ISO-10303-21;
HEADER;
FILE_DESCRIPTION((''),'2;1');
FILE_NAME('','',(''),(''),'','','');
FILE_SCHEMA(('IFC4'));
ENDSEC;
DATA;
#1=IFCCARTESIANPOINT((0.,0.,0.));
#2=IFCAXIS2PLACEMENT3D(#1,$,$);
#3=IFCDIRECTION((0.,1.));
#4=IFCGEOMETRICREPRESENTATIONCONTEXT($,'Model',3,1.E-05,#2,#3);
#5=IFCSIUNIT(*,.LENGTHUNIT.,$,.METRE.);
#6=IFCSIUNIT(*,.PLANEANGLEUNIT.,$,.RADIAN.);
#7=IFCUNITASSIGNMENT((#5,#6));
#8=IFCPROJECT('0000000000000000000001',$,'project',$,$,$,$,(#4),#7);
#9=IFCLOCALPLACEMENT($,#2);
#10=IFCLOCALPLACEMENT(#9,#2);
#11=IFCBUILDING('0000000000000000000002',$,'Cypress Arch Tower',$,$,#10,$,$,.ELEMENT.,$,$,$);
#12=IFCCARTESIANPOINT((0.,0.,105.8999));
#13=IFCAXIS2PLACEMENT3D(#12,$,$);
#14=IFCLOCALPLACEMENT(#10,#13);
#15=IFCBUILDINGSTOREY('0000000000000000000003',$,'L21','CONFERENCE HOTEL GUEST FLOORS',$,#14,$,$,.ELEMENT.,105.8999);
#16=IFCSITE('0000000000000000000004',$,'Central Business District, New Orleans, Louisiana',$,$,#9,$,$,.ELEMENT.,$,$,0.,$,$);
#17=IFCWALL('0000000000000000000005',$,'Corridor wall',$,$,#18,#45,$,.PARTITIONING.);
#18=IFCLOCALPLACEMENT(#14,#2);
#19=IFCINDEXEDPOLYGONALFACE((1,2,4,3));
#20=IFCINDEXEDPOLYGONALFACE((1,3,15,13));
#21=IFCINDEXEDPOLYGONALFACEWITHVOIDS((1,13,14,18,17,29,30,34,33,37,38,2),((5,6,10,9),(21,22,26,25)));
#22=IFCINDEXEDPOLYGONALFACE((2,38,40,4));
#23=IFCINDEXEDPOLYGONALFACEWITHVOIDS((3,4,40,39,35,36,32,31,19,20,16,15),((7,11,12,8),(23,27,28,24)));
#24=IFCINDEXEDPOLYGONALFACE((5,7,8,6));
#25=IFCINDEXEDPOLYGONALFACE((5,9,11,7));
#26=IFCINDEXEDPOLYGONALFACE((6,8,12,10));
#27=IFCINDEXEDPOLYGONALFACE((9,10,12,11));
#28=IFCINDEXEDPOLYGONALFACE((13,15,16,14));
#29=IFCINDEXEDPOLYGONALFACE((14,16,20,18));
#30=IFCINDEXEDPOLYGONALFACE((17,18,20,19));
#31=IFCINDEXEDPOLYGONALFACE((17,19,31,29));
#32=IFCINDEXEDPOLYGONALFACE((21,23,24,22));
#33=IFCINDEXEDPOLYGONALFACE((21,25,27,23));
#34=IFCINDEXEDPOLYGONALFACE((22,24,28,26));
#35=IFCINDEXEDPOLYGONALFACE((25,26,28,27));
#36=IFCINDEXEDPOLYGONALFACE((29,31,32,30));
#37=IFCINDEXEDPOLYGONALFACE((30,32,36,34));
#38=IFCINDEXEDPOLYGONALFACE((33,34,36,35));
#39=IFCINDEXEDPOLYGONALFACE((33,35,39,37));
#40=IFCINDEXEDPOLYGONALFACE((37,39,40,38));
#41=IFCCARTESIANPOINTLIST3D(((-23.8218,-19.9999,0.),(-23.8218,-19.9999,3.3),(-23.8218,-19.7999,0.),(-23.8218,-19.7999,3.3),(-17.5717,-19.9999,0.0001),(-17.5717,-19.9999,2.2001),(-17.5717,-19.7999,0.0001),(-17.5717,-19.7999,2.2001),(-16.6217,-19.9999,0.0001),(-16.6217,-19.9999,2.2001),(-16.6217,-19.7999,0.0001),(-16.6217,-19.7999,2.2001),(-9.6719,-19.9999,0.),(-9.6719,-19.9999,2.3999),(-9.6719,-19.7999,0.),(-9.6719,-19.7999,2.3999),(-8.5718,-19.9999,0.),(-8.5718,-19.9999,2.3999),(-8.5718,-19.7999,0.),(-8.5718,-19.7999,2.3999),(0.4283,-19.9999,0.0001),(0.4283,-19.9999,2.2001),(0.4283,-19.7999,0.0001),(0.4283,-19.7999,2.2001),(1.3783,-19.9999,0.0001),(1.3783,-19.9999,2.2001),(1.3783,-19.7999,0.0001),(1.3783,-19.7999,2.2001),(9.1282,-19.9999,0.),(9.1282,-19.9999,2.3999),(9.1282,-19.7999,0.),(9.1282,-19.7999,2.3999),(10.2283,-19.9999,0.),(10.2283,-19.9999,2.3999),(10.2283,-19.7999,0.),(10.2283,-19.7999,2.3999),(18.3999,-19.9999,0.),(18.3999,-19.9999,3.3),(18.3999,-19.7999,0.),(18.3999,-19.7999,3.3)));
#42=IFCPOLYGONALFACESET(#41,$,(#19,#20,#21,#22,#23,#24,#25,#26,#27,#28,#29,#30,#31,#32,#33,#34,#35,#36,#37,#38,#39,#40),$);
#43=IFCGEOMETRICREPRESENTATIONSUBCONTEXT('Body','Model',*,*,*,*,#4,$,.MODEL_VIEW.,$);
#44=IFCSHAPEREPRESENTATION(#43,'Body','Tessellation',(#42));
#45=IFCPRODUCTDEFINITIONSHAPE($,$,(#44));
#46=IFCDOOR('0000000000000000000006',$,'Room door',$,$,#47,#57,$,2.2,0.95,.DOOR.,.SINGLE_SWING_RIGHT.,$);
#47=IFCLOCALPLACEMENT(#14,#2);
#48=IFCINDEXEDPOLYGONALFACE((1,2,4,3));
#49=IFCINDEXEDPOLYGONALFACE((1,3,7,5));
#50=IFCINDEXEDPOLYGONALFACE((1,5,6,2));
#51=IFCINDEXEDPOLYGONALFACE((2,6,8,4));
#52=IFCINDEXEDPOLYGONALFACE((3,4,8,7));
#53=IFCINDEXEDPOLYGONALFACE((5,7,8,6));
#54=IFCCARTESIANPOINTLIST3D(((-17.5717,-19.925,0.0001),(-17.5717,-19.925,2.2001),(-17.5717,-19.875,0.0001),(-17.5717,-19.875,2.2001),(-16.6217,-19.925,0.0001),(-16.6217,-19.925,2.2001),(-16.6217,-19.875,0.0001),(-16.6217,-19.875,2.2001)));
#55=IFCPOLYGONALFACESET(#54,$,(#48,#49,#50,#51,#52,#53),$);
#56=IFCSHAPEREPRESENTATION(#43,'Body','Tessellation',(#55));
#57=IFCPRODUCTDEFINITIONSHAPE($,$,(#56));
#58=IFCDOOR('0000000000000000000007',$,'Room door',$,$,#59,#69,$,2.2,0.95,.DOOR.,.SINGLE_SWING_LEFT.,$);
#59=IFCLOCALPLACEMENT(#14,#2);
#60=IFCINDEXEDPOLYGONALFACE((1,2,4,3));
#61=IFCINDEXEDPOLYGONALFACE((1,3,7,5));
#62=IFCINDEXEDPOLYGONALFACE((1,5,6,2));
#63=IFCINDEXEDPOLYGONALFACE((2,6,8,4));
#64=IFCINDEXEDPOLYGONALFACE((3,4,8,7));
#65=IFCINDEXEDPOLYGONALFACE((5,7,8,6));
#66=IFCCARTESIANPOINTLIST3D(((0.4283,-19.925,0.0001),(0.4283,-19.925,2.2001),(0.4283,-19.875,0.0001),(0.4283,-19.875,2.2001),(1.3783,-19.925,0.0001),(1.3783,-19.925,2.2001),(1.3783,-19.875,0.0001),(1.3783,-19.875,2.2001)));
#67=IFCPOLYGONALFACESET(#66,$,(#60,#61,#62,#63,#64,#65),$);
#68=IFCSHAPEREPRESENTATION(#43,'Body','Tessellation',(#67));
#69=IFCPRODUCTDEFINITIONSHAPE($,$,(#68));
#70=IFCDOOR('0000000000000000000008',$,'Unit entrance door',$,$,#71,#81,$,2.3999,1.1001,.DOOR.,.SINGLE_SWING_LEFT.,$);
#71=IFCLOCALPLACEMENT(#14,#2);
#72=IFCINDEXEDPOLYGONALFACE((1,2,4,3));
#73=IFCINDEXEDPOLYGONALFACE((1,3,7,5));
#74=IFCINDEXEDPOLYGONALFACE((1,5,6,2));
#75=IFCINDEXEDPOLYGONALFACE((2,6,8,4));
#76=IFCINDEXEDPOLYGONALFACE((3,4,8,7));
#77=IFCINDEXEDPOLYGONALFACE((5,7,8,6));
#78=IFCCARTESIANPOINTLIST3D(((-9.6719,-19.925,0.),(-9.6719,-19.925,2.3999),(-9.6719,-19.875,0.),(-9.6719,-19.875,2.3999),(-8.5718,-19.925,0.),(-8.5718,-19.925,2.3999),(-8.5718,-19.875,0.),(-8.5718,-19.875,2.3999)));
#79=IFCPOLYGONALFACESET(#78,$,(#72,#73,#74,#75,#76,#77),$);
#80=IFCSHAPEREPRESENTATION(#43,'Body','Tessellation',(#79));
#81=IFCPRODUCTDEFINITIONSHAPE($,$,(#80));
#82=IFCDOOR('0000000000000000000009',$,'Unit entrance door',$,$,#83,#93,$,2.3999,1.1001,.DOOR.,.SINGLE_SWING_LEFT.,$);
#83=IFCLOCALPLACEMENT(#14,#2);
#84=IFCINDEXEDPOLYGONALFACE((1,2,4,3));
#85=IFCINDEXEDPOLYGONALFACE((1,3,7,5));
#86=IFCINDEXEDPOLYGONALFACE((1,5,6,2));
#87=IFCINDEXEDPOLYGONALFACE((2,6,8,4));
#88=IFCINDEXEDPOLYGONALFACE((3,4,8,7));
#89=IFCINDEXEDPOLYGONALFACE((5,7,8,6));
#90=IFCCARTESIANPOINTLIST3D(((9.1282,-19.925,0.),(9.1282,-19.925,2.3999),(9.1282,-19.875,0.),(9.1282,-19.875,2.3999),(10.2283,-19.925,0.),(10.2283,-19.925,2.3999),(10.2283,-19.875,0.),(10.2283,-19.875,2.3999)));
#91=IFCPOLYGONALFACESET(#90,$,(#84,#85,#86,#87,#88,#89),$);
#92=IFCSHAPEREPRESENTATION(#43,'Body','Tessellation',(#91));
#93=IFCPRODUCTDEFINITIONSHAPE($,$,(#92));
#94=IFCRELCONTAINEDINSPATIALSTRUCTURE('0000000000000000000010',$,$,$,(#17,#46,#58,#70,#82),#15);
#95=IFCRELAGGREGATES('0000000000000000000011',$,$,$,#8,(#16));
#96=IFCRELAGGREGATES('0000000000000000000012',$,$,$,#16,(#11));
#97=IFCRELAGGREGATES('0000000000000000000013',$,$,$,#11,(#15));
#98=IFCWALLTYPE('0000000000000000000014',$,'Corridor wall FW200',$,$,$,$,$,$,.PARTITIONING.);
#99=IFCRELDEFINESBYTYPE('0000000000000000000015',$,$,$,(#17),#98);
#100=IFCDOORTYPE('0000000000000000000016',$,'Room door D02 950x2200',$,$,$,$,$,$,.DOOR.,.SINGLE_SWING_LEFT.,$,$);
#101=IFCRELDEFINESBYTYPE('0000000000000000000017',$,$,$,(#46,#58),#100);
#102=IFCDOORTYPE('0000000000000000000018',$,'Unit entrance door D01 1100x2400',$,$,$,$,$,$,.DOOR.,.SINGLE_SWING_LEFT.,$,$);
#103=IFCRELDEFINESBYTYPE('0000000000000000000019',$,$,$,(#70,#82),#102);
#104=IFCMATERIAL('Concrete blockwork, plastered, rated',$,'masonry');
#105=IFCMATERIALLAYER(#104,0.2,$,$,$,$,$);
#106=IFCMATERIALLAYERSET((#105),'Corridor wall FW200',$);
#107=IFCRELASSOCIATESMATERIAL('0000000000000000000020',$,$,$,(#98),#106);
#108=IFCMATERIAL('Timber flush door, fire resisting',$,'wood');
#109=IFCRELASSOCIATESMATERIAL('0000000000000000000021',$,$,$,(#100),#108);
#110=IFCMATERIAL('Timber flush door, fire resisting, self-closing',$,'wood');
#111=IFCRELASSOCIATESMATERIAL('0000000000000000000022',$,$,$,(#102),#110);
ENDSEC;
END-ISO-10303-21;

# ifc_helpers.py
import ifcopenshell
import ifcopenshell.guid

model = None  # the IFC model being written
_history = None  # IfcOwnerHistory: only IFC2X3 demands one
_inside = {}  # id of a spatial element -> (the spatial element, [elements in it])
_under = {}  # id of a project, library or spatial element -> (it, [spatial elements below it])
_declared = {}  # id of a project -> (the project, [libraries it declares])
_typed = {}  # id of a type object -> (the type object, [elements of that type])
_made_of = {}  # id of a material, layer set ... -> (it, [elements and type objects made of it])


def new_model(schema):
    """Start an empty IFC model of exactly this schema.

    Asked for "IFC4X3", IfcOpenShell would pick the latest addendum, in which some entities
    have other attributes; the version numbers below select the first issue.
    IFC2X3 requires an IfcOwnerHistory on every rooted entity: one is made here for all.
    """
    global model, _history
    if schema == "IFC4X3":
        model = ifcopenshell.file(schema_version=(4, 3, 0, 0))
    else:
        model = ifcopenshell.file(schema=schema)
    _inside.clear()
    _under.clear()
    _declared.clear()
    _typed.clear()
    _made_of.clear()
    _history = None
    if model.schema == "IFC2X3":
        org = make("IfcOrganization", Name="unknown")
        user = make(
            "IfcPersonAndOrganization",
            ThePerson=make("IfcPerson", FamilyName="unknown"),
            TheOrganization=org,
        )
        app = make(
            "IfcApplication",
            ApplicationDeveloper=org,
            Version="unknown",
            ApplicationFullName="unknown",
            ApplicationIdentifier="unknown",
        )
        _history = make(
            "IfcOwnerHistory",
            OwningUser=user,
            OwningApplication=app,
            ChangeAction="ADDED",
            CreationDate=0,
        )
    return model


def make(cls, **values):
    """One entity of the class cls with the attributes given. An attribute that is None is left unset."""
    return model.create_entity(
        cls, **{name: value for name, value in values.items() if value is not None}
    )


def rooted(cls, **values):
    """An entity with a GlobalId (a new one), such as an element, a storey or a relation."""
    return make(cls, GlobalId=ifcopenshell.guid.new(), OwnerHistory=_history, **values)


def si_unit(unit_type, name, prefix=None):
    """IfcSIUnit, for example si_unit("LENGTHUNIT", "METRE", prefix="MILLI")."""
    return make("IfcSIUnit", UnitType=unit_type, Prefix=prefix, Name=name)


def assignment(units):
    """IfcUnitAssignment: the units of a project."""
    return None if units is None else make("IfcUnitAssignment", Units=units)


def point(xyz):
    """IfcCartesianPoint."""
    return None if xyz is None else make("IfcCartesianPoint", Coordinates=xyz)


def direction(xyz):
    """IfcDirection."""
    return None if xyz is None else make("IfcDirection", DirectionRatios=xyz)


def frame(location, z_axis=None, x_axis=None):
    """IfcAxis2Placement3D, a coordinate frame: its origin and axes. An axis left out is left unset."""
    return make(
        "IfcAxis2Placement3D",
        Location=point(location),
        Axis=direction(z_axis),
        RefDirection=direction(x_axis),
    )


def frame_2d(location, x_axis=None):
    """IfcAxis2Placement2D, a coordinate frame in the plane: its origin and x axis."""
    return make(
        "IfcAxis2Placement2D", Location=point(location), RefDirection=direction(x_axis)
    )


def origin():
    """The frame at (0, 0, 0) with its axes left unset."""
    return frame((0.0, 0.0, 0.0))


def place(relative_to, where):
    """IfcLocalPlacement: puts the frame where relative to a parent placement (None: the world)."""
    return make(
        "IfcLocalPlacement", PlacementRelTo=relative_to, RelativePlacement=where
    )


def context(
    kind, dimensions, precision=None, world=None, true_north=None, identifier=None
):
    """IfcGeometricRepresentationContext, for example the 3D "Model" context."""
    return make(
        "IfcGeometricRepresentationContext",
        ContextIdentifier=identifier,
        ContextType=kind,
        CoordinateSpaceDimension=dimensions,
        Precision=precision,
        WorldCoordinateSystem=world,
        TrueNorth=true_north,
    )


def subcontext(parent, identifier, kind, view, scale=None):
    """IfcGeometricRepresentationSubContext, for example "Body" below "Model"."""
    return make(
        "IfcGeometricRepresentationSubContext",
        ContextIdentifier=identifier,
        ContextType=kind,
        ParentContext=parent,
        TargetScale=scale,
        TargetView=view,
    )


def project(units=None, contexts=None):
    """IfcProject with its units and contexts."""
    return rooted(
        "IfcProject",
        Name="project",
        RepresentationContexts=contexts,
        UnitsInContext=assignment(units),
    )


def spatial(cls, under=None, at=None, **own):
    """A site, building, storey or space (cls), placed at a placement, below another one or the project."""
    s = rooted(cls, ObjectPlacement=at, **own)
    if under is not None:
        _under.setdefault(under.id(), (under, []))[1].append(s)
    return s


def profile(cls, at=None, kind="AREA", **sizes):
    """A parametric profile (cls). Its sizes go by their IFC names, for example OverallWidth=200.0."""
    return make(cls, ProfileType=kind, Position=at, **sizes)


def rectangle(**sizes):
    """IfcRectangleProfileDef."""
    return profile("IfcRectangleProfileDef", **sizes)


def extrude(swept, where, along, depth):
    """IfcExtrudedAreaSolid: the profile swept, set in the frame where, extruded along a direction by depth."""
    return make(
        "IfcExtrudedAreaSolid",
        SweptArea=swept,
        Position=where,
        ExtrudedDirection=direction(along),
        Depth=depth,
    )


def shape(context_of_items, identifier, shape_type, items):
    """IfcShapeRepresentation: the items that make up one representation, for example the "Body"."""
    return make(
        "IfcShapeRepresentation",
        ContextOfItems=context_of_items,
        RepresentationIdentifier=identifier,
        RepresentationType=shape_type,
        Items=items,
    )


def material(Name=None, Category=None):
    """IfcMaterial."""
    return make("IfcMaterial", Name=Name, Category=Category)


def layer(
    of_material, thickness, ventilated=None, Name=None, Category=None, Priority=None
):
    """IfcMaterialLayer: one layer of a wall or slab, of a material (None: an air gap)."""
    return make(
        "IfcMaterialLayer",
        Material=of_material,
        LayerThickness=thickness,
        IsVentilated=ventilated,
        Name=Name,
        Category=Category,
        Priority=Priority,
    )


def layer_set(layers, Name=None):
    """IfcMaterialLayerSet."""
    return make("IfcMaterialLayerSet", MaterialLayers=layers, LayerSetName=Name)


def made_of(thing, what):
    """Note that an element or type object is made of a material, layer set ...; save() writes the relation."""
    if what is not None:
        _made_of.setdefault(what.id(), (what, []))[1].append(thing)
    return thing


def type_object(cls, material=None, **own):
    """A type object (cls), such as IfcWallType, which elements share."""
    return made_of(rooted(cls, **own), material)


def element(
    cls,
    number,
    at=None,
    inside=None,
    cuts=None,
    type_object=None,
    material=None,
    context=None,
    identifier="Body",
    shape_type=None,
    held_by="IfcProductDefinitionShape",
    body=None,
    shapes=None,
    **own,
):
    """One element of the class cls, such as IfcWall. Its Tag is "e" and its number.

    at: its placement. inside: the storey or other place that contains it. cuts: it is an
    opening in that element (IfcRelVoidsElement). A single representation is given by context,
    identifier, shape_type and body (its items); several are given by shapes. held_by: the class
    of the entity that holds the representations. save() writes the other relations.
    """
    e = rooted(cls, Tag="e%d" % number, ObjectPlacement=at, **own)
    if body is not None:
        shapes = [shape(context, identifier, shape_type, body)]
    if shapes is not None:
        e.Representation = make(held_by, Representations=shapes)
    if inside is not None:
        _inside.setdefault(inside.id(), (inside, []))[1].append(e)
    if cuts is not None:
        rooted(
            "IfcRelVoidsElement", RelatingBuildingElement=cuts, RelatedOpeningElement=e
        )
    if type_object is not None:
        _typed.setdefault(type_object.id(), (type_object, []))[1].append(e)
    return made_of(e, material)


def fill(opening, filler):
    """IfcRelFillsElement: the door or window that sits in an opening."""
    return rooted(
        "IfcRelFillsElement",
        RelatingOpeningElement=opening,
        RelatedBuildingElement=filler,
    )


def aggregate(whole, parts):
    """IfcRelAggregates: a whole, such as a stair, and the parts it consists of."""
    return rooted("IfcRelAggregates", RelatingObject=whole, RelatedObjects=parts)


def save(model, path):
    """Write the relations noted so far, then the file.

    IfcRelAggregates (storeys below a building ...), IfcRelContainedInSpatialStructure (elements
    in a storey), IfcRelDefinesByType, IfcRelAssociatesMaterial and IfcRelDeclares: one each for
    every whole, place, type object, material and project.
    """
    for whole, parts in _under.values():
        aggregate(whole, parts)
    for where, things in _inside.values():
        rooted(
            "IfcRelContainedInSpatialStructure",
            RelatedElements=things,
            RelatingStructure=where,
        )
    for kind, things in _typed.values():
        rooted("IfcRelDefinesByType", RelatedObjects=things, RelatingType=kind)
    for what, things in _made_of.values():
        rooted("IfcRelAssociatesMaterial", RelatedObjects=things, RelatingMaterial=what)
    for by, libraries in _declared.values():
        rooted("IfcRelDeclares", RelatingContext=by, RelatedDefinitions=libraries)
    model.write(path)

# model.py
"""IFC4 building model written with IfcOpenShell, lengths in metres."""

from ifc_helpers import new_model, si_unit, direction, frame, frame_2d, origin, place, context, subcontext, project, spatial, rectangle, extrude, material, layer, layer_set, type_object, element, fill, save


model = new_model("IFC4")

# Units and contexts
model_context = context("Model", 3, precision=1e-05, world=origin(), true_north=direction((0.0, 1.0)))
body_context = subcontext(model_context, "Body", "Model", "MODEL_VIEW")
ifc_project = project(units=[si_unit("LENGTHUNIT", "METRE"), si_unit("PLANEANGLEUNIT", "RADIAN")], contexts=[model_context])

# Site, building, storey
site_placement = place(None, origin())
site = spatial("IfcSite", under=ifc_project, at=site_placement, Name="Central Business District, New Orleans, Louisiana", CompositionType="ELEMENT", RefElevation=0.0)
building_placement = place(site_placement, origin())
building = spatial("IfcBuilding", under=site, at=building_placement, Name="Cypress Arch Tower", CompositionType="ELEMENT")
storey_placement = place(building_placement, frame((0.0, 0.0, 105.8999)))
storey = spatial("IfcBuildingStorey", under=building, at=storey_placement, Name="L21", Description="CONFERENCE HOTEL GUEST FLOORS", CompositionType="ELEMENT", Elevation=105.8999)

# Wall, openings, doors
ifc_material_1 = material(Name="Concrete blockwork, plastered, rated", Category="masonry")
ifc_layer_1 = layer(ifc_material_1, 0.2)
ifc_layer_set_1 = layer_set([ifc_layer_1], Name="Corridor wall FW200")
wall_type_1 = type_object("IfcWallType", Name="Corridor wall FW200", PredefinedType="PARTITIONING", material=ifc_layer_set_1)
wall_1_placement = place(storey_placement, frame((-23.8218, -19.8999, 0.0), z_axis=(0.0, 0.0, 1.0), x_axis=(1.0, 0.0, 0.0)))
wall_1 = element("IfcWall", 1, at=wall_1_placement, inside=storey, type_object=wall_type_1, Name="Corridor wall", PredefinedType="PARTITIONING", context=body_context, shape_type="SweptSolid", body=[
    extrude(rectangle(XDim=42.2217, YDim=0.2, at=frame_2d((21.1108, 0.0))), origin(), (0.0, 0.0, 1.0), 3.3),
])
opening_1_placement = place(wall_1_placement, frame((6.25, 0.0, 0.0)))
opening_1 = element("IfcOpeningElement", 2, at=opening_1_placement, cuts=wall_1, PredefinedType="OPENING", context=body_context, shape_type="SweptSolid", body=[
    extrude(rectangle(XDim=0.95, YDim=2.2, at=frame_2d((0.4751, 1.1001))), frame((0.0, 0.1099, 0.0), z_axis=(0.0, -1.0, 0.0), x_axis=(1.0, 0.0, 0.0)), (0.0, 0.0, 1.0), 0.22),
])
opening_2_placement = place(wall_1_placement, frame((14.1499, 0.0, 0.0)))
opening_2 = element("IfcOpeningElement", 3, at=opening_2_placement, cuts=wall_1, PredefinedType="OPENING", context=body_context, shape_type="SweptSolid", body=[
    extrude(rectangle(XDim=1.1001, YDim=2.3999, at=frame_2d((0.55, 1.2))), frame((0.0, 0.1099, 0.0), z_axis=(0.0, -1.0, 0.0), x_axis=(1.0, 0.0, 0.0)), (0.0, 0.0, 1.0), 0.22),
])
opening_3_placement = place(wall_1_placement, frame((24.25, 0.0, 0.0)))
opening_3 = element("IfcOpeningElement", 4, at=opening_3_placement, cuts=wall_1, PredefinedType="OPENING", context=body_context, shape_type="SweptSolid", body=[
    extrude(rectangle(XDim=0.95, YDim=2.2, at=frame_2d((0.4751, 1.1001))), frame((0.0, 0.1099, 0.0), z_axis=(0.0, -1.0, 0.0), x_axis=(1.0, 0.0, 0.0)), (0.0, 0.0, 1.0), 0.22),
])
opening_4_placement = place(wall_1_placement, frame((32.95, 0.0, 0.0)))
opening_4 = element("IfcOpeningElement", 5, at=opening_4_placement, cuts=wall_1, PredefinedType="OPENING", context=body_context, shape_type="SweptSolid", body=[
    extrude(rectangle(XDim=1.1001, YDim=2.3999, at=frame_2d((0.55, 1.2))), frame((0.0, 0.1099, 0.0), z_axis=(0.0, -1.0, 0.0), x_axis=(1.0, 0.0, 0.0)), (0.0, 0.0, 1.0), 0.22),
])
ifc_material_2 = material(Name="Timber flush door, fire resisting", Category="wood")
door_type_1 = type_object("IfcDoorType", Name="Room door D02 950x2200", OperationType="SINGLE_SWING_LEFT", PredefinedType="DOOR", material=ifc_material_2)
door_1_placement = place(opening_1_placement, origin())
door_1 = element("IfcDoor", 6, at=door_1_placement, inside=storey, type_object=door_type_1, Name="Room door", OperationType="SINGLE_SWING_RIGHT", OverallHeight=2.2, OverallWidth=0.95, PredefinedType="DOOR", context=body_context, shape_type="SweptSolid", body=[
    extrude(rectangle(XDim=0.95, YDim=2.2, at=frame_2d((0.4751, 1.1001))), frame((0.0, 0.0249, 0.0), z_axis=(0.0, -1.0, 0.0), x_axis=(1.0, 0.0, 0.0)), (0.0, 0.0, 1.0), 0.05),
])
fill(opening_1, door_1)
door_2_placement = place(opening_3_placement, origin())
door_2 = element("IfcDoor", 7, at=door_2_placement, inside=storey, type_object=door_type_1, Name="Room door", OperationType="SINGLE_SWING_LEFT", OverallHeight=2.2, OverallWidth=0.95, PredefinedType="DOOR", context=body_context, shape_type="SweptSolid", body=[
    extrude(rectangle(XDim=0.95, YDim=2.2, at=frame_2d((0.4751, 1.1001))), frame((0.0, 0.0249, 0.0), z_axis=(0.0, -1.0, 0.0), x_axis=(1.0, 0.0, 0.0)), (0.0, 0.0, 1.0), 0.05),
])
fill(opening_3, door_2)
ifc_material_3 = material(Name="Timber flush door, fire resisting, self-closing", Category="wood")
door_type_2 = type_object("IfcDoorType", Name="Unit entrance door D01 1100x2400", OperationType="SINGLE_SWING_LEFT", PredefinedType="DOOR", material=ifc_material_3)
door_3_placement = place(opening_2_placement, origin())
door_3 = element("IfcDoor", 8, at=door_3_placement, inside=storey, type_object=door_type_2, Name="Unit entrance door", OperationType="SINGLE_SWING_LEFT", OverallHeight=2.3999, OverallWidth=1.1001, PredefinedType="DOOR", context=body_context, shape_type="SweptSolid", body=[
    extrude(rectangle(XDim=1.1001, YDim=2.3999, at=frame_2d((0.55, 1.2))), frame((0.0, 0.0249, 0.0), z_axis=(0.0, -1.0, 0.0), x_axis=(1.0, 0.0, 0.0)), (0.0, 0.0, 1.0), 0.05),
])
fill(opening_2, door_3)
door_4_placement = place(opening_4_placement, origin())
door_4 = element("IfcDoor", 9, at=door_4_placement, inside=storey, type_object=door_type_2, Name="Unit entrance door", OperationType="SINGLE_SWING_LEFT", OverallHeight=2.3999, OverallWidth=1.1001, PredefinedType="DOOR", context=body_context, shape_type="SweptSolid", body=[
    extrude(rectangle(XDim=1.1001, YDim=2.3999, at=frame_2d((0.55, 1.2))), frame((0.0, 0.0249, 0.0), z_axis=(0.0, -1.0, 0.0), x_axis=(1.0, 0.0, 0.0)), (0.0, 0.0, 1.0), 0.05),
])
fill(opening_4, door_4)

save(model, "model.ifc")
